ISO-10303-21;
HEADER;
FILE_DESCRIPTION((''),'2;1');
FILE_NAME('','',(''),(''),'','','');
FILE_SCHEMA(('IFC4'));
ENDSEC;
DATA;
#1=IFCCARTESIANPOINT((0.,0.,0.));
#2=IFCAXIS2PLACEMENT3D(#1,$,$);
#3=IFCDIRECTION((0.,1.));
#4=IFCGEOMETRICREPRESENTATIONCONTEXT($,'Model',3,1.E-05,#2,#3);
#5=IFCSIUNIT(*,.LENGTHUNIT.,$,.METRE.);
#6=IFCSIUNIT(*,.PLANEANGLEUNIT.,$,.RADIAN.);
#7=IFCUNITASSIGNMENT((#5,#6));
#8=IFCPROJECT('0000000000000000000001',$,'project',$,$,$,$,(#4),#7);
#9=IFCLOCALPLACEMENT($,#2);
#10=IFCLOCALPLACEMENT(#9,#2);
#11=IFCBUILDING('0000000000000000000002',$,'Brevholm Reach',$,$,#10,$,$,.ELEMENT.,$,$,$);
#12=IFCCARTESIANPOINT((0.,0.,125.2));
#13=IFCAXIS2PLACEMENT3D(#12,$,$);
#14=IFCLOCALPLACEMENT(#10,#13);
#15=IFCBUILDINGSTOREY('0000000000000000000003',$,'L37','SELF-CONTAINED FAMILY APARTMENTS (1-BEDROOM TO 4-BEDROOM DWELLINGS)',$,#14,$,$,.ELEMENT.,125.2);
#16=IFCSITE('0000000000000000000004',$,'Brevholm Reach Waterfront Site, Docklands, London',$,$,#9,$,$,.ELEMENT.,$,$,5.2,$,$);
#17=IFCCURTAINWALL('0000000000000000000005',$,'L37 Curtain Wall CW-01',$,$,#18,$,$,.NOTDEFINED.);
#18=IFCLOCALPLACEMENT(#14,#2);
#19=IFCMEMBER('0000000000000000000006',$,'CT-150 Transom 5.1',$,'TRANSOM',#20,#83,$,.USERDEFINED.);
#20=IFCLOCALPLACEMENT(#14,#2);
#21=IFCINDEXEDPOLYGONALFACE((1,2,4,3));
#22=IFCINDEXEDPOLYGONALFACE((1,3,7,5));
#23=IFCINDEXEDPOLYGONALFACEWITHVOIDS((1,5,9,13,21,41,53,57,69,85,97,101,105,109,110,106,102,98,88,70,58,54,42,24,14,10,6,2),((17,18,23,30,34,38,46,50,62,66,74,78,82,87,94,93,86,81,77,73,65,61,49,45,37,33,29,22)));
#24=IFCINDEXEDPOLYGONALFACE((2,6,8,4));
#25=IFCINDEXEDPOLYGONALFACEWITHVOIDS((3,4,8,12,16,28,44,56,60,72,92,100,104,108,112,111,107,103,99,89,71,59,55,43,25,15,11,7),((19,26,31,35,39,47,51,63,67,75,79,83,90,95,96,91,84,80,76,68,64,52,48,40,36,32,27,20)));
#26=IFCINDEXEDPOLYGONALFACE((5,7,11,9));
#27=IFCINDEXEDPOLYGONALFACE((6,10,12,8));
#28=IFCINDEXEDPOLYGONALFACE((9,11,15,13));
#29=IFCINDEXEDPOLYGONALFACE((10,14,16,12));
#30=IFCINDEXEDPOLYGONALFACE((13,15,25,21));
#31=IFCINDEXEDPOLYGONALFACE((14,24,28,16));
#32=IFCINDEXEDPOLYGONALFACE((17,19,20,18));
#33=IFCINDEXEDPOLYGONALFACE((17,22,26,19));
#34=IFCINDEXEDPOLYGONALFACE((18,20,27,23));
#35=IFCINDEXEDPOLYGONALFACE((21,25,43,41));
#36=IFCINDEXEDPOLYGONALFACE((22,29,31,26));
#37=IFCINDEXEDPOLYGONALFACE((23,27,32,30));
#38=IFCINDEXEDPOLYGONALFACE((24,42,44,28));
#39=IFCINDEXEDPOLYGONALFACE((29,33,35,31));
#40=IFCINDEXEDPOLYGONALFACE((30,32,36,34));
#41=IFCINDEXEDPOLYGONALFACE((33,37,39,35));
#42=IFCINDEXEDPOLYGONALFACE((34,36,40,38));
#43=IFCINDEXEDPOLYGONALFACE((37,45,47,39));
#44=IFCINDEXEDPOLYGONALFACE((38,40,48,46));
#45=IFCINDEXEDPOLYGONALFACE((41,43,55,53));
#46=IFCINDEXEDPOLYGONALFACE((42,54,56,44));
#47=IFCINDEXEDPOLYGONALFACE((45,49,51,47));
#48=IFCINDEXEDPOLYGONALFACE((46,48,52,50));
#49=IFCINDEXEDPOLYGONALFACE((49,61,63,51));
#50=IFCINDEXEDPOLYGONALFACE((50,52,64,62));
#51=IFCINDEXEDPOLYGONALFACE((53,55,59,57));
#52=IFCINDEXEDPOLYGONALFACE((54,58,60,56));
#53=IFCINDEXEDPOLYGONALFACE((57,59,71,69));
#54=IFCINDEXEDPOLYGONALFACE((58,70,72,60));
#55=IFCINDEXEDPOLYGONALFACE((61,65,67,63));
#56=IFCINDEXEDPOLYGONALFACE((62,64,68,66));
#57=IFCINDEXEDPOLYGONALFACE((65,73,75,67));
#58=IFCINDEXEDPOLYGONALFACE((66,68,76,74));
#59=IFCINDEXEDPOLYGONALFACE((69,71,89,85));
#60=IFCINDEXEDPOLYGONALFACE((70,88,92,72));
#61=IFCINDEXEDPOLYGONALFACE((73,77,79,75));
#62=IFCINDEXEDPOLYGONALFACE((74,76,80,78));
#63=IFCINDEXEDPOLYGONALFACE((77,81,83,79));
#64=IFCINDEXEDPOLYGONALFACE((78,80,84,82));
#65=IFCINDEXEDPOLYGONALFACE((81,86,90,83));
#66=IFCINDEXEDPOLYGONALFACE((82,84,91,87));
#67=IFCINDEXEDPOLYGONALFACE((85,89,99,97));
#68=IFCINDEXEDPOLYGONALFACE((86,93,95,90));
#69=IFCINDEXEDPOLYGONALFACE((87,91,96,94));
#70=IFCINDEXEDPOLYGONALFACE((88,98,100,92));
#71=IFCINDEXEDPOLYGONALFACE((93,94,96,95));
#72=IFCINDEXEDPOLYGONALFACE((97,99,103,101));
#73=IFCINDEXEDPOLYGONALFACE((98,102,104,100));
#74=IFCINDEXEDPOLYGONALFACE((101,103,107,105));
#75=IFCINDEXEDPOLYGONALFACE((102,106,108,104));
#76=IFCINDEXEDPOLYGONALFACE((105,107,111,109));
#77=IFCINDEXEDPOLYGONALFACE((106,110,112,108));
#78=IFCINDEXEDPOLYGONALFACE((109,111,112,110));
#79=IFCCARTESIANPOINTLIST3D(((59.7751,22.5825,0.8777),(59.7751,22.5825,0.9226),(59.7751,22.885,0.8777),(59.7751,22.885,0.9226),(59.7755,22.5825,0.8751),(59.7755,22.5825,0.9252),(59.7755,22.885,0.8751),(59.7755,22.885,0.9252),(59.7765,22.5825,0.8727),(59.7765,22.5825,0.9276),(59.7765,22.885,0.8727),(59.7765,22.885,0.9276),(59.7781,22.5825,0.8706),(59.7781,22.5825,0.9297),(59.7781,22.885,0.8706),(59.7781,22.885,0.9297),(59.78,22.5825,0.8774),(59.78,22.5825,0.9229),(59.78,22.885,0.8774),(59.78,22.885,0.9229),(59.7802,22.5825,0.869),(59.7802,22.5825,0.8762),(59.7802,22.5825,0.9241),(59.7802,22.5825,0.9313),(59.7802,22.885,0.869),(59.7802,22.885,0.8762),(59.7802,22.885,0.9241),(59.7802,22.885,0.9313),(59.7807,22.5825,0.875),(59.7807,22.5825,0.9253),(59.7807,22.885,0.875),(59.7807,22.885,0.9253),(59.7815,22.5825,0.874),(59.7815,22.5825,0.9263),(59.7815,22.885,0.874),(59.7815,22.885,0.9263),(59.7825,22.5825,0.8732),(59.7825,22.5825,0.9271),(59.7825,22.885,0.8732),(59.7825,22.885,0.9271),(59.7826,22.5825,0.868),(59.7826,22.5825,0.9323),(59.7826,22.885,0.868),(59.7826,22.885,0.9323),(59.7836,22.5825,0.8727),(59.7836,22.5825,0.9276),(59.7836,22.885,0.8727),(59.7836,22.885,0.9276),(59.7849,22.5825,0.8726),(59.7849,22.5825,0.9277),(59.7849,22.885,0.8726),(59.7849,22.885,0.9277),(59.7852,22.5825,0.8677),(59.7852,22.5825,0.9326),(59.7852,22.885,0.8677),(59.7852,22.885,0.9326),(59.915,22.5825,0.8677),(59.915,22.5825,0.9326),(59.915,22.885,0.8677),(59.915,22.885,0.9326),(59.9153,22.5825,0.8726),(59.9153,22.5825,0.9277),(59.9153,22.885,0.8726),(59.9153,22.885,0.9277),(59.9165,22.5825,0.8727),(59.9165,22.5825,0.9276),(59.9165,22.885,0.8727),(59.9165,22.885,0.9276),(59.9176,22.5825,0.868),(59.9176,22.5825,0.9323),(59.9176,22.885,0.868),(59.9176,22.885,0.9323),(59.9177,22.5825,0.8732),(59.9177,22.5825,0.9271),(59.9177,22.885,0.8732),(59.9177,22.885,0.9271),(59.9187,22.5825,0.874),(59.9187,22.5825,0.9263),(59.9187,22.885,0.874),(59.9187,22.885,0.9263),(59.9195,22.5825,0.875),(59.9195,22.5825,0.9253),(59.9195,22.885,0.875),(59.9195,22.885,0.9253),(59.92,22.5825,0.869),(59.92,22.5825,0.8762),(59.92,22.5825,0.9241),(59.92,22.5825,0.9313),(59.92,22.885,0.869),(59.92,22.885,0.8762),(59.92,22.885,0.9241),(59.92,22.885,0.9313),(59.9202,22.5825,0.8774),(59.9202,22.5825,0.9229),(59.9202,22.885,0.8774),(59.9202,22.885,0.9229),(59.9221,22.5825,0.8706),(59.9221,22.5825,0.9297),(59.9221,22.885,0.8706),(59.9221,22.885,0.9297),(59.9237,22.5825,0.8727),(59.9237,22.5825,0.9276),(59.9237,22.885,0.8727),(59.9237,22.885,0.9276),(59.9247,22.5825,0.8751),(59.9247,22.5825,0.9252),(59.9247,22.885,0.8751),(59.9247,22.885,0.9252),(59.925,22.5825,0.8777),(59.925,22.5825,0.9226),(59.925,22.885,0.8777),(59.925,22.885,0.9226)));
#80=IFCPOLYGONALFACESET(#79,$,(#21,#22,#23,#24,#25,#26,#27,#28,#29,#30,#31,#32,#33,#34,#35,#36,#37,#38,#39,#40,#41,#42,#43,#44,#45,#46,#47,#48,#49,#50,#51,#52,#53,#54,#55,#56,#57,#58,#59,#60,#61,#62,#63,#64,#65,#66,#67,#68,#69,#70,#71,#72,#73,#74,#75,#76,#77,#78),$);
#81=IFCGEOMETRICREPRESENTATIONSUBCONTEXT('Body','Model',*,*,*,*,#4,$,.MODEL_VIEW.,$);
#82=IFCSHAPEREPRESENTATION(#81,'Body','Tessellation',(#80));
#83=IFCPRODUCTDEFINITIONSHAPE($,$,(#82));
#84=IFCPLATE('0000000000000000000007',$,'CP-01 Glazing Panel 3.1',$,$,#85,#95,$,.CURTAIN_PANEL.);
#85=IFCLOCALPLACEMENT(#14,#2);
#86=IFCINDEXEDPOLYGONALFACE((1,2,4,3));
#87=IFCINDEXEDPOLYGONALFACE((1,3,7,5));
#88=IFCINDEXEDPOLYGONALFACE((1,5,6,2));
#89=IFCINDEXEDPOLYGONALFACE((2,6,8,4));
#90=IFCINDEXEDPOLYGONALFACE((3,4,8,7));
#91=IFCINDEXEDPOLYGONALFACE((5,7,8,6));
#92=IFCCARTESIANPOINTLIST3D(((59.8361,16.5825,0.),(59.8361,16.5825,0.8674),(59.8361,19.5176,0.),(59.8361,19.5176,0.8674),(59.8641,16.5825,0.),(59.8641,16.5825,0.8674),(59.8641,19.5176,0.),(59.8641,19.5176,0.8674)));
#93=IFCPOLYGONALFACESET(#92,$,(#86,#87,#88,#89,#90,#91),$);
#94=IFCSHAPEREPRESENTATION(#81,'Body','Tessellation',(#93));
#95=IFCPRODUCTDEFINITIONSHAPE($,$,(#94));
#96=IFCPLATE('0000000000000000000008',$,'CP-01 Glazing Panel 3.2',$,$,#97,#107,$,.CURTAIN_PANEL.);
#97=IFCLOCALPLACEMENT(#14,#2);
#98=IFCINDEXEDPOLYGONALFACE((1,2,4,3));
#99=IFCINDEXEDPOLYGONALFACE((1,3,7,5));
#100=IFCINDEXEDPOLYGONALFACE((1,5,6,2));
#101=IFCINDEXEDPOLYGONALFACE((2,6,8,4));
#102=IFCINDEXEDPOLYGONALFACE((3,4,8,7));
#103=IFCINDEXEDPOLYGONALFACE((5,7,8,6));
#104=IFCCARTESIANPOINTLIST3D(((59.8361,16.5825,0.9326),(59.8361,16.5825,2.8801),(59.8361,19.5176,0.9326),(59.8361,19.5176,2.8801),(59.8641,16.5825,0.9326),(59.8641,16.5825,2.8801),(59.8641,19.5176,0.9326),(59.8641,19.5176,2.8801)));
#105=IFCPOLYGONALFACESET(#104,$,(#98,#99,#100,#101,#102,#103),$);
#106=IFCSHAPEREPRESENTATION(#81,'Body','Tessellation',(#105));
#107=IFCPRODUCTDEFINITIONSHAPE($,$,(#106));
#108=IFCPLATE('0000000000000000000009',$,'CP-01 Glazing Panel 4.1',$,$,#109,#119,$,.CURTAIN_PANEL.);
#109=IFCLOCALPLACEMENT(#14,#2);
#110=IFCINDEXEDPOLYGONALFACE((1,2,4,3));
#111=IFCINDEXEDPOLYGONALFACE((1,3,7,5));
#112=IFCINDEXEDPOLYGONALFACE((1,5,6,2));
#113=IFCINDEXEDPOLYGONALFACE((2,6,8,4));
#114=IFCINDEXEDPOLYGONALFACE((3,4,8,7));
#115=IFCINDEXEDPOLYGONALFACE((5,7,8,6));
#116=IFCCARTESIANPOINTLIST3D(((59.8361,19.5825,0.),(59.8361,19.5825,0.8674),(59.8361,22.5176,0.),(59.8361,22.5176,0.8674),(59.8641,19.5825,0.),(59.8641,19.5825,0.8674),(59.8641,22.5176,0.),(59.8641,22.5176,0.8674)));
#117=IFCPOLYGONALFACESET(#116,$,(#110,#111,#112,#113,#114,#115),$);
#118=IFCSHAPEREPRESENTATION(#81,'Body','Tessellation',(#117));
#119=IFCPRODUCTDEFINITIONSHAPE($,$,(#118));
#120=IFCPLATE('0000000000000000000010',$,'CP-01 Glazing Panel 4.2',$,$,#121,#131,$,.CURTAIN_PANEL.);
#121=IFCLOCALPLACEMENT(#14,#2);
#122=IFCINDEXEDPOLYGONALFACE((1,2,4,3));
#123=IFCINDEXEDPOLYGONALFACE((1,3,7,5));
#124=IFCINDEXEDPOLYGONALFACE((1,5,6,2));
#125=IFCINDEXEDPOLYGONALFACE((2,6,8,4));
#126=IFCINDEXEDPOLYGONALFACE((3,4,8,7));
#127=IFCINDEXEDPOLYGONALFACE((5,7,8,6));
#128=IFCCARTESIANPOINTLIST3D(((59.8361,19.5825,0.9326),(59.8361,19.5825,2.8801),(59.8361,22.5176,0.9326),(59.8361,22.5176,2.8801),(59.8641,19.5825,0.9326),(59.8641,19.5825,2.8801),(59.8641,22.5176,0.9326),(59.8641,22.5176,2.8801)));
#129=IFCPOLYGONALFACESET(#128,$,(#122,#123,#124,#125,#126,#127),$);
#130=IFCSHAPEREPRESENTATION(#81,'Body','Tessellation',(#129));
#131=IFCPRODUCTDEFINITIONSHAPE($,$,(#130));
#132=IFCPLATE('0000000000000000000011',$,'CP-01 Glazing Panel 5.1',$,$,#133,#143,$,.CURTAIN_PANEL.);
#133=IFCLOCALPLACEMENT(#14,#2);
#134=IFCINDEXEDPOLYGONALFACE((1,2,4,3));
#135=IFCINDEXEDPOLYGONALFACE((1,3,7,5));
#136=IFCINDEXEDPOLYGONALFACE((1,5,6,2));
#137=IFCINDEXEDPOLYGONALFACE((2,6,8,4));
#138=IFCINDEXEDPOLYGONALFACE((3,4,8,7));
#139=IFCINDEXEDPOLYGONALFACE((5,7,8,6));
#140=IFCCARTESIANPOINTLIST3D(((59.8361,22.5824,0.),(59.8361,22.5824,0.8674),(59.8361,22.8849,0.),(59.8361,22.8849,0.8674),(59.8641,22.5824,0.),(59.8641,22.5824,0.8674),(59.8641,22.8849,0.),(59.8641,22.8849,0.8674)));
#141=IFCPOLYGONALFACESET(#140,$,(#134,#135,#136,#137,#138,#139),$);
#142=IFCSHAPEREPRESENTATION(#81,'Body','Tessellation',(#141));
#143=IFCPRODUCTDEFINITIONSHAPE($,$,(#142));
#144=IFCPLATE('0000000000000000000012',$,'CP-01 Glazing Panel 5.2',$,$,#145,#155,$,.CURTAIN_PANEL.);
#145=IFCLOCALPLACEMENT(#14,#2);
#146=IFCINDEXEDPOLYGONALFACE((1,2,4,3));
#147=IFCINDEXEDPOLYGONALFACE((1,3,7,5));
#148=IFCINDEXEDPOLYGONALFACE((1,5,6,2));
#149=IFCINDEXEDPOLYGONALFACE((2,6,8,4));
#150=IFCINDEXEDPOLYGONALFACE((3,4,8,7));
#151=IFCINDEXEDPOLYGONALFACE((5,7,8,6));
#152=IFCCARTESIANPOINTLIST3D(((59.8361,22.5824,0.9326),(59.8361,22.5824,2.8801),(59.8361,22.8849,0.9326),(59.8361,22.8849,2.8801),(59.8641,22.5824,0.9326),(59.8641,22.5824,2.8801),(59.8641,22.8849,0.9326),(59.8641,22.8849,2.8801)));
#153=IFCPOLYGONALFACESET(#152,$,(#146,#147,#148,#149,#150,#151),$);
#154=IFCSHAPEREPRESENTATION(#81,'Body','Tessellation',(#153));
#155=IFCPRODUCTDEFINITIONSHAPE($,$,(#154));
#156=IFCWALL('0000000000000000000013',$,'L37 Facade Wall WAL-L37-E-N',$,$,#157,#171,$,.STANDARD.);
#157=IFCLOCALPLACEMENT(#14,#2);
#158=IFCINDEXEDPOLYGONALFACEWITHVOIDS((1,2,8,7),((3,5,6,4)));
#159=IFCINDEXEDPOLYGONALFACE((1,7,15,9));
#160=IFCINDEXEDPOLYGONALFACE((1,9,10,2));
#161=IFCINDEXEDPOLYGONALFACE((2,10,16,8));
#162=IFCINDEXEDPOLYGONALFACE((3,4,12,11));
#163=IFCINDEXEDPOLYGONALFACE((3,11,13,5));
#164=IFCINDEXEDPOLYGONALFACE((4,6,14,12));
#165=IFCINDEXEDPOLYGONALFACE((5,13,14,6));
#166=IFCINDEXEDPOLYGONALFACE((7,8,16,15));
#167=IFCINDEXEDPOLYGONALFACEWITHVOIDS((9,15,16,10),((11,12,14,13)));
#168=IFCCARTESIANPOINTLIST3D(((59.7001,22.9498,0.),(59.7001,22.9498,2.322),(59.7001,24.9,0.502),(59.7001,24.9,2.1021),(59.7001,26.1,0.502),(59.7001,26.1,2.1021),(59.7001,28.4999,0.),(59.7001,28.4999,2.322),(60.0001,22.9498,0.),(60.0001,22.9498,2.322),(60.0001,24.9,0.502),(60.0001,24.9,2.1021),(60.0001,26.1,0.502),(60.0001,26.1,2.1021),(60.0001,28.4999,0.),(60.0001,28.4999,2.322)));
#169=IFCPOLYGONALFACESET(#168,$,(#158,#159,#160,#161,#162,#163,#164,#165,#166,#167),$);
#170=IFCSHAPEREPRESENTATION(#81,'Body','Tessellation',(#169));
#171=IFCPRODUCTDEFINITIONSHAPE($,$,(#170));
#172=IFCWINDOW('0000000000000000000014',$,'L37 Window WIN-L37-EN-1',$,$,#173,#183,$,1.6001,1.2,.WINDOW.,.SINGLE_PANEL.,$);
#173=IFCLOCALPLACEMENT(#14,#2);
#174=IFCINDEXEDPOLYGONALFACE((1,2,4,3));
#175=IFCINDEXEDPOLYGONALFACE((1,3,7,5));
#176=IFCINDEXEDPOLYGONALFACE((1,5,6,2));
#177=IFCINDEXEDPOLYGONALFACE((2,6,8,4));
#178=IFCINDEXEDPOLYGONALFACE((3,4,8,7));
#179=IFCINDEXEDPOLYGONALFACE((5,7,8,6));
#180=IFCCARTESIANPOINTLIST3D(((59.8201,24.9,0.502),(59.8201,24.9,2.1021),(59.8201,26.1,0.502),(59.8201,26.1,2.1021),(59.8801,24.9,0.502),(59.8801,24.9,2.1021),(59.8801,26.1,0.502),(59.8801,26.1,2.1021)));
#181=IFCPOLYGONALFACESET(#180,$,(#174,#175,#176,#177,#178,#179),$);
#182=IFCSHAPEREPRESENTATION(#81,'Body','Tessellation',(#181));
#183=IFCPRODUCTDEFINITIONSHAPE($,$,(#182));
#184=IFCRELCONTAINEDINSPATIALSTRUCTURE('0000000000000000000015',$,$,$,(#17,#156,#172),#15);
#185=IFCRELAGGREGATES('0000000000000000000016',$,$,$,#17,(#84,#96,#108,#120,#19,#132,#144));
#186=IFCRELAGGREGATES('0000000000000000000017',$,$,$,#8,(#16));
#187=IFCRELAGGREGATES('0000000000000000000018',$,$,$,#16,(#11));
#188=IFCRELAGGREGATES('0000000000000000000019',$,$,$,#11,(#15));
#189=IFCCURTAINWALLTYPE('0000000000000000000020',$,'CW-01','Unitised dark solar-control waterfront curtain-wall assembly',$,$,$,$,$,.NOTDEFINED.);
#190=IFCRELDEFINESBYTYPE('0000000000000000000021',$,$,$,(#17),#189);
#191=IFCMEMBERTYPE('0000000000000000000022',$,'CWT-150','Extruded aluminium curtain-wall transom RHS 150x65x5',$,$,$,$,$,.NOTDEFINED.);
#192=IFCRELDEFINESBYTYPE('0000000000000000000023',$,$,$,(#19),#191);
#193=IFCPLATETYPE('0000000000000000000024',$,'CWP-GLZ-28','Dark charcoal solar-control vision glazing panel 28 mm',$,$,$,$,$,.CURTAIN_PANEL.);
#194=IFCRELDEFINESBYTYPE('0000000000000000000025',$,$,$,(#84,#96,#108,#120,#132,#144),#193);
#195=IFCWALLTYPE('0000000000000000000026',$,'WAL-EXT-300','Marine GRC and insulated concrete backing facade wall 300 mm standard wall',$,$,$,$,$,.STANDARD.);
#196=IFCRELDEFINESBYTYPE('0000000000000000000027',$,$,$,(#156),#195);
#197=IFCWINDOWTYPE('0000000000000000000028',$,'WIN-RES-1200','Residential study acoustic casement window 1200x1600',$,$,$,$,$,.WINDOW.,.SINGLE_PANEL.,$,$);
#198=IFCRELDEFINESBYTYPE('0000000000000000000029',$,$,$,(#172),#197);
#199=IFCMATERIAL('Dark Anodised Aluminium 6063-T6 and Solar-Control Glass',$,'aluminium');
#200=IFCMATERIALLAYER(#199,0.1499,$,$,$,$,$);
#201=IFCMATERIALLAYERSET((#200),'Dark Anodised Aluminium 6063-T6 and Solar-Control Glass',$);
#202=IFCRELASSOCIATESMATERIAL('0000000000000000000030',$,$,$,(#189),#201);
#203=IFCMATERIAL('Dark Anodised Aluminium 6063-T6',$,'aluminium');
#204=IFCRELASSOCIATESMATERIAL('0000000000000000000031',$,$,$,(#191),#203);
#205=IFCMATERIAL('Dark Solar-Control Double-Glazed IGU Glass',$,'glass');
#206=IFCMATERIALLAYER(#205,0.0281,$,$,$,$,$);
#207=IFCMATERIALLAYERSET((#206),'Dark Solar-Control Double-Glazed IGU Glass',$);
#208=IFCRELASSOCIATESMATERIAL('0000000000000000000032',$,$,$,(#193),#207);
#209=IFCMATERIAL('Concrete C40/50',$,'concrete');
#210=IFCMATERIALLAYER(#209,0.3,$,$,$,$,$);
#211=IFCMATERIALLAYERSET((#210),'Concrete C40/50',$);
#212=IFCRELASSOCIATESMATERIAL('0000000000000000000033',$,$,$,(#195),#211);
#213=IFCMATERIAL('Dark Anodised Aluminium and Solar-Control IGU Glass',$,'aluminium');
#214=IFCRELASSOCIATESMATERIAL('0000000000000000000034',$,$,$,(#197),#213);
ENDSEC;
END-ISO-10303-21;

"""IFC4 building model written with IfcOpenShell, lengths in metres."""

from ifc_helpers import new_model, si_unit, direction, frame, frame_2d, origin, origin_2d, place, context, subcontext, project, spatial, rectangle, hollow_rectangle, extrude, material, layer, layer_set, material_profile, profile_set, type_object, element, fill, aggregate, save


model = new_model("IFC4")

# Units and contexts
model_context = context("Model", 3, precision=1e-05, world=origin(), true_north=direction((0.0, 1.0)))
body_context = subcontext(model_context, "Body", "Model", "MODEL_VIEW")
ifc_project = project(units=[si_unit("LENGTHUNIT", "METRE"), si_unit("PLANEANGLEUNIT", "RADIAN")], contexts=[model_context])

# Site, building, storey
site_placement = place(None, origin())
site = spatial("IfcSite", under=ifc_project, at=site_placement, Name="Brevholm Reach Waterfront Site, Docklands, London", CompositionType="ELEMENT", RefElevation=5.2)
building_placement = place(site_placement, origin())
building = spatial("IfcBuilding", under=site, at=building_placement, Name="Brevholm Reach", CompositionType="ELEMENT")
storey_placement = place(building_placement, frame((0.0, 0.0, 125.2)))
storey = spatial("IfcBuildingStorey", under=building, at=storey_placement, Name="L37", Description="SELF-CONTAINED FAMILY APARTMENTS (1-BEDROOM TO 4-BEDROOM DWELLINGS)", CompositionType="ELEMENT", Elevation=125.2)

# Curtain wall, member, plates
ifc_material_1 = material(Name="Dark Anodised Aluminium 6063-T6 and Solar-Control Glass", Category="aluminium")
ifc_layer_1 = layer(ifc_material_1, 0.1499)
ifc_layer_set_1 = layer_set([ifc_layer_1], Name="Dark Anodised Aluminium 6063-T6 and Solar-Control Glass")
curtain_wall_type = type_object("IfcCurtainWallType", Name="CW-01", Description="Unitised dark solar-control waterfront curtain-wall assembly", PredefinedType="NOTDEFINED", material=ifc_layer_set_1)
curtain_wall_placement = place(storey_placement, origin())
curtain_wall = element("IfcCurtainWall", 1, at=curtain_wall_placement, inside=storey, type_object=curtain_wall_type, Name="L37 Curtain Wall CW-01", PredefinedType="NOTDEFINED")
ifc_material_2 = material(Name="Dark Anodised Aluminium 6063-T6", Category="aluminium")
ifc_material_profile_1 = material_profile(ifc_material_2, hollow_rectangle(XDim=0.0649, YDim=0.1499, WallThickness=0.0049, InnerFilletRadius=0.0049, OuterFilletRadius=0.01, at=origin_2d()), Name="RHS 150x65x5")
ifc_profile_set_1 = profile_set([ifc_material_profile_1], Name="Dark Anodised Aluminium 6063-T6")
member_type_1 = type_object("IfcMemberType", Name="CWT-150", Description="Extruded aluminium curtain-wall transom RHS 150x65x5", PredefinedType="NOTDEFINED", material=ifc_profile_set_1)
member_1_placement = place(storey_placement, frame((59.8501, 22.5825, 0.9001), z_axis=(0.0, 1.0, 0.0), x_axis=(0.0, 0.0, 1.0)))
member_1 = element("IfcMember", 2, at=member_1_placement, type_object=member_type_1, Name="CT-150 Transom 5.1", ObjectType="TRANSOM", PredefinedType="USERDEFINED", context=body_context, shape_type="SweptSolid", body=[
    extrude(hollow_rectangle(XDim=0.0649, YDim=0.1499, WallThickness=0.0049, InnerFilletRadius=0.0049, OuterFilletRadius=0.01, at=origin_2d()), origin(), (0.0, 0.0, 1.0), 0.3025),
])
ifc_material_3 = material(Name="Dark Solar-Control Double-Glazed IGU Glass", Category="glass")
ifc_layer_2 = layer(ifc_material_3, 0.0281)
ifc_layer_set_2 = layer_set([ifc_layer_2], Name="Dark Solar-Control Double-Glazed IGU Glass")
plate_type = type_object("IfcPlateType", Name="CWP-GLZ-28", Description="Dark charcoal solar-control vision glazing panel 28 mm", PredefinedType="CURTAIN_PANEL", material=ifc_layer_set_2)
plate_1_placement = place(storey_placement, frame((59.8501, 18.05, 0.0), z_axis=(0.0, 0.0, 1.0), x_axis=(0.0, 1.0, 0.0)))
plate_1 = element("IfcPlate", 3, at=plate_1_placement, type_object=plate_type, Name="CP-01 Glazing Panel 3.1", PredefinedType="CURTAIN_PANEL", context=body_context, shape_type="SweptSolid", body=[
    extrude(rectangle(XDim=2.9351, YDim=0.0281, at=origin_2d()), origin(), (0.0, 0.0, 1.0), 0.8674),
])
plate_2_placement = place(storey_placement, frame((59.8501, 18.05, 0.9326), z_axis=(0.0, 0.0, 1.0), x_axis=(0.0, 1.0, 0.0)))
plate_2 = element("IfcPlate", 4, at=plate_2_placement, type_object=plate_type, Name="CP-01 Glazing Panel 3.2", PredefinedType="CURTAIN_PANEL", context=body_context, shape_type="SweptSolid", body=[
    extrude(rectangle(XDim=2.9351, YDim=0.0281, at=origin_2d()), origin(), (0.0, 0.0, 1.0), 1.9475),
])
plate_3_placement = place(storey_placement, frame((59.8501, 21.05, 0.0), z_axis=(0.0, 0.0, 1.0), x_axis=(0.0, 1.0, 0.0)))
plate_3 = element("IfcPlate", 5, at=plate_3_placement, type_object=plate_type, Name="CP-01 Glazing Panel 4.1", PredefinedType="CURTAIN_PANEL", context=body_context, shape_type="SweptSolid", body=[
    extrude(rectangle(XDim=2.9351, YDim=0.0281, at=origin_2d()), origin(), (0.0, 0.0, 1.0), 0.8674),
])
plate_4_placement = place(storey_placement, frame((59.8501, 21.05, 0.9326), z_axis=(0.0, 0.0, 1.0), x_axis=(0.0, 1.0, 0.0)))
plate_4 = element("IfcPlate", 6, at=plate_4_placement, type_object=plate_type, Name="CP-01 Glazing Panel 4.2", PredefinedType="CURTAIN_PANEL", context=body_context, shape_type="SweptSolid", body=[
    extrude(rectangle(XDim=2.9351, YDim=0.0281, at=origin_2d()), origin(), (0.0, 0.0, 1.0), 1.9475),
])
plate_5_placement = place(storey_placement, frame((59.8501, 22.7336, 0.0), z_axis=(0.0, 0.0, 1.0), x_axis=(0.0, 1.0, 0.0)))
plate_5 = element("IfcPlate", 7, at=plate_5_placement, type_object=plate_type, Name="CP-01 Glazing Panel 5.1", PredefinedType="CURTAIN_PANEL", context=body_context, shape_type="SweptSolid", body=[
    extrude(rectangle(XDim=0.3025, YDim=0.0281, at=origin_2d()), origin(), (0.0, 0.0, 1.0), 0.8674),
])
plate_6_placement = place(storey_placement, frame((59.8501, 22.7336, 0.9326), z_axis=(0.0, 0.0, 1.0), x_axis=(0.0, 1.0, 0.0)))
plate_6 = element("IfcPlate", 8, at=plate_6_placement, type_object=plate_type, Name="CP-01 Glazing Panel 5.2", PredefinedType="CURTAIN_PANEL", context=body_context, shape_type="SweptSolid", body=[
    extrude(rectangle(XDim=0.3025, YDim=0.0281, at=origin_2d()), origin(), (0.0, 0.0, 1.0), 1.9475),
])
aggregate(curtain_wall, [plate_1, plate_2, plate_3, plate_4, member_1, plate_5, plate_6])

# Wall, opening, window
ifc_material_4 = material(Name="Concrete C40/50", Category="concrete")
ifc_layer_3 = layer(ifc_material_4, 0.3)
ifc_layer_set_3 = layer_set([ifc_layer_3], Name="Concrete C40/50")
wall_type_1 = type_object("IfcWallType", Name="WAL-EXT-300", Description="Marine GRC and insulated concrete backing facade wall 300 mm standard wall", PredefinedType="STANDARD", material=ifc_layer_set_3)
wall_1_placement = place(storey_placement, frame((59.8501, 22.95, 0.0), z_axis=(0.0, 0.0, 1.0), x_axis=(0.0, 1.0, 0.0)))
wall_1 = element("IfcWall", 9, at=wall_1_placement, inside=storey, type_object=wall_type_1, Name="L37 Facade Wall WAL-L37-E-N", PredefinedType="STANDARD", context=body_context, shape_type="SweptSolid", body=[
    extrude(rectangle(XDim=5.55, YDim=0.3, at=frame_2d((2.7749, 0.0))), origin(), (0.0, 0.0, 1.0), 2.322),
])
opening_1_placement = place(wall_1_placement, frame((1.95, 0.0, 0.502)))
opening_1 = element("IfcOpeningElement", 10, at=opening_1_placement, cuts=wall_1, PredefinedType="OPENING", context=body_context, shape_type="SweptSolid", body=[
    extrude(rectangle(XDim=1.2, YDim=1.6001, at=frame_2d((0.6001, 0.8))), frame((0.0, 0.1599, 0.0), z_axis=(0.0, -1.0, 0.0), x_axis=(1.0, 0.0, 0.0)), (0.0, 0.0, 1.0), 0.3201),
])
ifc_material_5 = material(Name="Dark Anodised Aluminium and Solar-Control IGU Glass", Category="aluminium")
window_type = type_object("IfcWindowType", Name="WIN-RES-1200", Description="Residential study acoustic casement window 1200x1600", PartitioningType="SINGLE_PANEL", PredefinedType="WINDOW", material=ifc_material_5)
window_placement = place(opening_1_placement, origin())
window = element("IfcWindow", 11, at=window_placement, inside=storey, type_object=window_type, Name="L37 Window WIN-L37-EN-1", OverallHeight=1.6001, OverallWidth=1.2, PartitioningType="SINGLE_PANEL", PredefinedType="WINDOW", context=body_context, shape_type="SweptSolid", body=[
    extrude(rectangle(XDim=1.2, YDim=1.6001, at=frame_2d((0.6001, 0.8))), frame((0.0, 0.03, 0.0), z_axis=(0.0, -1.0, 0.0), x_axis=(1.0, 0.0, 0.0)), (0.0, 0.0, 1.0), 0.0601),
])
fill(opening_1, window)

save(model, "model.ifc")
